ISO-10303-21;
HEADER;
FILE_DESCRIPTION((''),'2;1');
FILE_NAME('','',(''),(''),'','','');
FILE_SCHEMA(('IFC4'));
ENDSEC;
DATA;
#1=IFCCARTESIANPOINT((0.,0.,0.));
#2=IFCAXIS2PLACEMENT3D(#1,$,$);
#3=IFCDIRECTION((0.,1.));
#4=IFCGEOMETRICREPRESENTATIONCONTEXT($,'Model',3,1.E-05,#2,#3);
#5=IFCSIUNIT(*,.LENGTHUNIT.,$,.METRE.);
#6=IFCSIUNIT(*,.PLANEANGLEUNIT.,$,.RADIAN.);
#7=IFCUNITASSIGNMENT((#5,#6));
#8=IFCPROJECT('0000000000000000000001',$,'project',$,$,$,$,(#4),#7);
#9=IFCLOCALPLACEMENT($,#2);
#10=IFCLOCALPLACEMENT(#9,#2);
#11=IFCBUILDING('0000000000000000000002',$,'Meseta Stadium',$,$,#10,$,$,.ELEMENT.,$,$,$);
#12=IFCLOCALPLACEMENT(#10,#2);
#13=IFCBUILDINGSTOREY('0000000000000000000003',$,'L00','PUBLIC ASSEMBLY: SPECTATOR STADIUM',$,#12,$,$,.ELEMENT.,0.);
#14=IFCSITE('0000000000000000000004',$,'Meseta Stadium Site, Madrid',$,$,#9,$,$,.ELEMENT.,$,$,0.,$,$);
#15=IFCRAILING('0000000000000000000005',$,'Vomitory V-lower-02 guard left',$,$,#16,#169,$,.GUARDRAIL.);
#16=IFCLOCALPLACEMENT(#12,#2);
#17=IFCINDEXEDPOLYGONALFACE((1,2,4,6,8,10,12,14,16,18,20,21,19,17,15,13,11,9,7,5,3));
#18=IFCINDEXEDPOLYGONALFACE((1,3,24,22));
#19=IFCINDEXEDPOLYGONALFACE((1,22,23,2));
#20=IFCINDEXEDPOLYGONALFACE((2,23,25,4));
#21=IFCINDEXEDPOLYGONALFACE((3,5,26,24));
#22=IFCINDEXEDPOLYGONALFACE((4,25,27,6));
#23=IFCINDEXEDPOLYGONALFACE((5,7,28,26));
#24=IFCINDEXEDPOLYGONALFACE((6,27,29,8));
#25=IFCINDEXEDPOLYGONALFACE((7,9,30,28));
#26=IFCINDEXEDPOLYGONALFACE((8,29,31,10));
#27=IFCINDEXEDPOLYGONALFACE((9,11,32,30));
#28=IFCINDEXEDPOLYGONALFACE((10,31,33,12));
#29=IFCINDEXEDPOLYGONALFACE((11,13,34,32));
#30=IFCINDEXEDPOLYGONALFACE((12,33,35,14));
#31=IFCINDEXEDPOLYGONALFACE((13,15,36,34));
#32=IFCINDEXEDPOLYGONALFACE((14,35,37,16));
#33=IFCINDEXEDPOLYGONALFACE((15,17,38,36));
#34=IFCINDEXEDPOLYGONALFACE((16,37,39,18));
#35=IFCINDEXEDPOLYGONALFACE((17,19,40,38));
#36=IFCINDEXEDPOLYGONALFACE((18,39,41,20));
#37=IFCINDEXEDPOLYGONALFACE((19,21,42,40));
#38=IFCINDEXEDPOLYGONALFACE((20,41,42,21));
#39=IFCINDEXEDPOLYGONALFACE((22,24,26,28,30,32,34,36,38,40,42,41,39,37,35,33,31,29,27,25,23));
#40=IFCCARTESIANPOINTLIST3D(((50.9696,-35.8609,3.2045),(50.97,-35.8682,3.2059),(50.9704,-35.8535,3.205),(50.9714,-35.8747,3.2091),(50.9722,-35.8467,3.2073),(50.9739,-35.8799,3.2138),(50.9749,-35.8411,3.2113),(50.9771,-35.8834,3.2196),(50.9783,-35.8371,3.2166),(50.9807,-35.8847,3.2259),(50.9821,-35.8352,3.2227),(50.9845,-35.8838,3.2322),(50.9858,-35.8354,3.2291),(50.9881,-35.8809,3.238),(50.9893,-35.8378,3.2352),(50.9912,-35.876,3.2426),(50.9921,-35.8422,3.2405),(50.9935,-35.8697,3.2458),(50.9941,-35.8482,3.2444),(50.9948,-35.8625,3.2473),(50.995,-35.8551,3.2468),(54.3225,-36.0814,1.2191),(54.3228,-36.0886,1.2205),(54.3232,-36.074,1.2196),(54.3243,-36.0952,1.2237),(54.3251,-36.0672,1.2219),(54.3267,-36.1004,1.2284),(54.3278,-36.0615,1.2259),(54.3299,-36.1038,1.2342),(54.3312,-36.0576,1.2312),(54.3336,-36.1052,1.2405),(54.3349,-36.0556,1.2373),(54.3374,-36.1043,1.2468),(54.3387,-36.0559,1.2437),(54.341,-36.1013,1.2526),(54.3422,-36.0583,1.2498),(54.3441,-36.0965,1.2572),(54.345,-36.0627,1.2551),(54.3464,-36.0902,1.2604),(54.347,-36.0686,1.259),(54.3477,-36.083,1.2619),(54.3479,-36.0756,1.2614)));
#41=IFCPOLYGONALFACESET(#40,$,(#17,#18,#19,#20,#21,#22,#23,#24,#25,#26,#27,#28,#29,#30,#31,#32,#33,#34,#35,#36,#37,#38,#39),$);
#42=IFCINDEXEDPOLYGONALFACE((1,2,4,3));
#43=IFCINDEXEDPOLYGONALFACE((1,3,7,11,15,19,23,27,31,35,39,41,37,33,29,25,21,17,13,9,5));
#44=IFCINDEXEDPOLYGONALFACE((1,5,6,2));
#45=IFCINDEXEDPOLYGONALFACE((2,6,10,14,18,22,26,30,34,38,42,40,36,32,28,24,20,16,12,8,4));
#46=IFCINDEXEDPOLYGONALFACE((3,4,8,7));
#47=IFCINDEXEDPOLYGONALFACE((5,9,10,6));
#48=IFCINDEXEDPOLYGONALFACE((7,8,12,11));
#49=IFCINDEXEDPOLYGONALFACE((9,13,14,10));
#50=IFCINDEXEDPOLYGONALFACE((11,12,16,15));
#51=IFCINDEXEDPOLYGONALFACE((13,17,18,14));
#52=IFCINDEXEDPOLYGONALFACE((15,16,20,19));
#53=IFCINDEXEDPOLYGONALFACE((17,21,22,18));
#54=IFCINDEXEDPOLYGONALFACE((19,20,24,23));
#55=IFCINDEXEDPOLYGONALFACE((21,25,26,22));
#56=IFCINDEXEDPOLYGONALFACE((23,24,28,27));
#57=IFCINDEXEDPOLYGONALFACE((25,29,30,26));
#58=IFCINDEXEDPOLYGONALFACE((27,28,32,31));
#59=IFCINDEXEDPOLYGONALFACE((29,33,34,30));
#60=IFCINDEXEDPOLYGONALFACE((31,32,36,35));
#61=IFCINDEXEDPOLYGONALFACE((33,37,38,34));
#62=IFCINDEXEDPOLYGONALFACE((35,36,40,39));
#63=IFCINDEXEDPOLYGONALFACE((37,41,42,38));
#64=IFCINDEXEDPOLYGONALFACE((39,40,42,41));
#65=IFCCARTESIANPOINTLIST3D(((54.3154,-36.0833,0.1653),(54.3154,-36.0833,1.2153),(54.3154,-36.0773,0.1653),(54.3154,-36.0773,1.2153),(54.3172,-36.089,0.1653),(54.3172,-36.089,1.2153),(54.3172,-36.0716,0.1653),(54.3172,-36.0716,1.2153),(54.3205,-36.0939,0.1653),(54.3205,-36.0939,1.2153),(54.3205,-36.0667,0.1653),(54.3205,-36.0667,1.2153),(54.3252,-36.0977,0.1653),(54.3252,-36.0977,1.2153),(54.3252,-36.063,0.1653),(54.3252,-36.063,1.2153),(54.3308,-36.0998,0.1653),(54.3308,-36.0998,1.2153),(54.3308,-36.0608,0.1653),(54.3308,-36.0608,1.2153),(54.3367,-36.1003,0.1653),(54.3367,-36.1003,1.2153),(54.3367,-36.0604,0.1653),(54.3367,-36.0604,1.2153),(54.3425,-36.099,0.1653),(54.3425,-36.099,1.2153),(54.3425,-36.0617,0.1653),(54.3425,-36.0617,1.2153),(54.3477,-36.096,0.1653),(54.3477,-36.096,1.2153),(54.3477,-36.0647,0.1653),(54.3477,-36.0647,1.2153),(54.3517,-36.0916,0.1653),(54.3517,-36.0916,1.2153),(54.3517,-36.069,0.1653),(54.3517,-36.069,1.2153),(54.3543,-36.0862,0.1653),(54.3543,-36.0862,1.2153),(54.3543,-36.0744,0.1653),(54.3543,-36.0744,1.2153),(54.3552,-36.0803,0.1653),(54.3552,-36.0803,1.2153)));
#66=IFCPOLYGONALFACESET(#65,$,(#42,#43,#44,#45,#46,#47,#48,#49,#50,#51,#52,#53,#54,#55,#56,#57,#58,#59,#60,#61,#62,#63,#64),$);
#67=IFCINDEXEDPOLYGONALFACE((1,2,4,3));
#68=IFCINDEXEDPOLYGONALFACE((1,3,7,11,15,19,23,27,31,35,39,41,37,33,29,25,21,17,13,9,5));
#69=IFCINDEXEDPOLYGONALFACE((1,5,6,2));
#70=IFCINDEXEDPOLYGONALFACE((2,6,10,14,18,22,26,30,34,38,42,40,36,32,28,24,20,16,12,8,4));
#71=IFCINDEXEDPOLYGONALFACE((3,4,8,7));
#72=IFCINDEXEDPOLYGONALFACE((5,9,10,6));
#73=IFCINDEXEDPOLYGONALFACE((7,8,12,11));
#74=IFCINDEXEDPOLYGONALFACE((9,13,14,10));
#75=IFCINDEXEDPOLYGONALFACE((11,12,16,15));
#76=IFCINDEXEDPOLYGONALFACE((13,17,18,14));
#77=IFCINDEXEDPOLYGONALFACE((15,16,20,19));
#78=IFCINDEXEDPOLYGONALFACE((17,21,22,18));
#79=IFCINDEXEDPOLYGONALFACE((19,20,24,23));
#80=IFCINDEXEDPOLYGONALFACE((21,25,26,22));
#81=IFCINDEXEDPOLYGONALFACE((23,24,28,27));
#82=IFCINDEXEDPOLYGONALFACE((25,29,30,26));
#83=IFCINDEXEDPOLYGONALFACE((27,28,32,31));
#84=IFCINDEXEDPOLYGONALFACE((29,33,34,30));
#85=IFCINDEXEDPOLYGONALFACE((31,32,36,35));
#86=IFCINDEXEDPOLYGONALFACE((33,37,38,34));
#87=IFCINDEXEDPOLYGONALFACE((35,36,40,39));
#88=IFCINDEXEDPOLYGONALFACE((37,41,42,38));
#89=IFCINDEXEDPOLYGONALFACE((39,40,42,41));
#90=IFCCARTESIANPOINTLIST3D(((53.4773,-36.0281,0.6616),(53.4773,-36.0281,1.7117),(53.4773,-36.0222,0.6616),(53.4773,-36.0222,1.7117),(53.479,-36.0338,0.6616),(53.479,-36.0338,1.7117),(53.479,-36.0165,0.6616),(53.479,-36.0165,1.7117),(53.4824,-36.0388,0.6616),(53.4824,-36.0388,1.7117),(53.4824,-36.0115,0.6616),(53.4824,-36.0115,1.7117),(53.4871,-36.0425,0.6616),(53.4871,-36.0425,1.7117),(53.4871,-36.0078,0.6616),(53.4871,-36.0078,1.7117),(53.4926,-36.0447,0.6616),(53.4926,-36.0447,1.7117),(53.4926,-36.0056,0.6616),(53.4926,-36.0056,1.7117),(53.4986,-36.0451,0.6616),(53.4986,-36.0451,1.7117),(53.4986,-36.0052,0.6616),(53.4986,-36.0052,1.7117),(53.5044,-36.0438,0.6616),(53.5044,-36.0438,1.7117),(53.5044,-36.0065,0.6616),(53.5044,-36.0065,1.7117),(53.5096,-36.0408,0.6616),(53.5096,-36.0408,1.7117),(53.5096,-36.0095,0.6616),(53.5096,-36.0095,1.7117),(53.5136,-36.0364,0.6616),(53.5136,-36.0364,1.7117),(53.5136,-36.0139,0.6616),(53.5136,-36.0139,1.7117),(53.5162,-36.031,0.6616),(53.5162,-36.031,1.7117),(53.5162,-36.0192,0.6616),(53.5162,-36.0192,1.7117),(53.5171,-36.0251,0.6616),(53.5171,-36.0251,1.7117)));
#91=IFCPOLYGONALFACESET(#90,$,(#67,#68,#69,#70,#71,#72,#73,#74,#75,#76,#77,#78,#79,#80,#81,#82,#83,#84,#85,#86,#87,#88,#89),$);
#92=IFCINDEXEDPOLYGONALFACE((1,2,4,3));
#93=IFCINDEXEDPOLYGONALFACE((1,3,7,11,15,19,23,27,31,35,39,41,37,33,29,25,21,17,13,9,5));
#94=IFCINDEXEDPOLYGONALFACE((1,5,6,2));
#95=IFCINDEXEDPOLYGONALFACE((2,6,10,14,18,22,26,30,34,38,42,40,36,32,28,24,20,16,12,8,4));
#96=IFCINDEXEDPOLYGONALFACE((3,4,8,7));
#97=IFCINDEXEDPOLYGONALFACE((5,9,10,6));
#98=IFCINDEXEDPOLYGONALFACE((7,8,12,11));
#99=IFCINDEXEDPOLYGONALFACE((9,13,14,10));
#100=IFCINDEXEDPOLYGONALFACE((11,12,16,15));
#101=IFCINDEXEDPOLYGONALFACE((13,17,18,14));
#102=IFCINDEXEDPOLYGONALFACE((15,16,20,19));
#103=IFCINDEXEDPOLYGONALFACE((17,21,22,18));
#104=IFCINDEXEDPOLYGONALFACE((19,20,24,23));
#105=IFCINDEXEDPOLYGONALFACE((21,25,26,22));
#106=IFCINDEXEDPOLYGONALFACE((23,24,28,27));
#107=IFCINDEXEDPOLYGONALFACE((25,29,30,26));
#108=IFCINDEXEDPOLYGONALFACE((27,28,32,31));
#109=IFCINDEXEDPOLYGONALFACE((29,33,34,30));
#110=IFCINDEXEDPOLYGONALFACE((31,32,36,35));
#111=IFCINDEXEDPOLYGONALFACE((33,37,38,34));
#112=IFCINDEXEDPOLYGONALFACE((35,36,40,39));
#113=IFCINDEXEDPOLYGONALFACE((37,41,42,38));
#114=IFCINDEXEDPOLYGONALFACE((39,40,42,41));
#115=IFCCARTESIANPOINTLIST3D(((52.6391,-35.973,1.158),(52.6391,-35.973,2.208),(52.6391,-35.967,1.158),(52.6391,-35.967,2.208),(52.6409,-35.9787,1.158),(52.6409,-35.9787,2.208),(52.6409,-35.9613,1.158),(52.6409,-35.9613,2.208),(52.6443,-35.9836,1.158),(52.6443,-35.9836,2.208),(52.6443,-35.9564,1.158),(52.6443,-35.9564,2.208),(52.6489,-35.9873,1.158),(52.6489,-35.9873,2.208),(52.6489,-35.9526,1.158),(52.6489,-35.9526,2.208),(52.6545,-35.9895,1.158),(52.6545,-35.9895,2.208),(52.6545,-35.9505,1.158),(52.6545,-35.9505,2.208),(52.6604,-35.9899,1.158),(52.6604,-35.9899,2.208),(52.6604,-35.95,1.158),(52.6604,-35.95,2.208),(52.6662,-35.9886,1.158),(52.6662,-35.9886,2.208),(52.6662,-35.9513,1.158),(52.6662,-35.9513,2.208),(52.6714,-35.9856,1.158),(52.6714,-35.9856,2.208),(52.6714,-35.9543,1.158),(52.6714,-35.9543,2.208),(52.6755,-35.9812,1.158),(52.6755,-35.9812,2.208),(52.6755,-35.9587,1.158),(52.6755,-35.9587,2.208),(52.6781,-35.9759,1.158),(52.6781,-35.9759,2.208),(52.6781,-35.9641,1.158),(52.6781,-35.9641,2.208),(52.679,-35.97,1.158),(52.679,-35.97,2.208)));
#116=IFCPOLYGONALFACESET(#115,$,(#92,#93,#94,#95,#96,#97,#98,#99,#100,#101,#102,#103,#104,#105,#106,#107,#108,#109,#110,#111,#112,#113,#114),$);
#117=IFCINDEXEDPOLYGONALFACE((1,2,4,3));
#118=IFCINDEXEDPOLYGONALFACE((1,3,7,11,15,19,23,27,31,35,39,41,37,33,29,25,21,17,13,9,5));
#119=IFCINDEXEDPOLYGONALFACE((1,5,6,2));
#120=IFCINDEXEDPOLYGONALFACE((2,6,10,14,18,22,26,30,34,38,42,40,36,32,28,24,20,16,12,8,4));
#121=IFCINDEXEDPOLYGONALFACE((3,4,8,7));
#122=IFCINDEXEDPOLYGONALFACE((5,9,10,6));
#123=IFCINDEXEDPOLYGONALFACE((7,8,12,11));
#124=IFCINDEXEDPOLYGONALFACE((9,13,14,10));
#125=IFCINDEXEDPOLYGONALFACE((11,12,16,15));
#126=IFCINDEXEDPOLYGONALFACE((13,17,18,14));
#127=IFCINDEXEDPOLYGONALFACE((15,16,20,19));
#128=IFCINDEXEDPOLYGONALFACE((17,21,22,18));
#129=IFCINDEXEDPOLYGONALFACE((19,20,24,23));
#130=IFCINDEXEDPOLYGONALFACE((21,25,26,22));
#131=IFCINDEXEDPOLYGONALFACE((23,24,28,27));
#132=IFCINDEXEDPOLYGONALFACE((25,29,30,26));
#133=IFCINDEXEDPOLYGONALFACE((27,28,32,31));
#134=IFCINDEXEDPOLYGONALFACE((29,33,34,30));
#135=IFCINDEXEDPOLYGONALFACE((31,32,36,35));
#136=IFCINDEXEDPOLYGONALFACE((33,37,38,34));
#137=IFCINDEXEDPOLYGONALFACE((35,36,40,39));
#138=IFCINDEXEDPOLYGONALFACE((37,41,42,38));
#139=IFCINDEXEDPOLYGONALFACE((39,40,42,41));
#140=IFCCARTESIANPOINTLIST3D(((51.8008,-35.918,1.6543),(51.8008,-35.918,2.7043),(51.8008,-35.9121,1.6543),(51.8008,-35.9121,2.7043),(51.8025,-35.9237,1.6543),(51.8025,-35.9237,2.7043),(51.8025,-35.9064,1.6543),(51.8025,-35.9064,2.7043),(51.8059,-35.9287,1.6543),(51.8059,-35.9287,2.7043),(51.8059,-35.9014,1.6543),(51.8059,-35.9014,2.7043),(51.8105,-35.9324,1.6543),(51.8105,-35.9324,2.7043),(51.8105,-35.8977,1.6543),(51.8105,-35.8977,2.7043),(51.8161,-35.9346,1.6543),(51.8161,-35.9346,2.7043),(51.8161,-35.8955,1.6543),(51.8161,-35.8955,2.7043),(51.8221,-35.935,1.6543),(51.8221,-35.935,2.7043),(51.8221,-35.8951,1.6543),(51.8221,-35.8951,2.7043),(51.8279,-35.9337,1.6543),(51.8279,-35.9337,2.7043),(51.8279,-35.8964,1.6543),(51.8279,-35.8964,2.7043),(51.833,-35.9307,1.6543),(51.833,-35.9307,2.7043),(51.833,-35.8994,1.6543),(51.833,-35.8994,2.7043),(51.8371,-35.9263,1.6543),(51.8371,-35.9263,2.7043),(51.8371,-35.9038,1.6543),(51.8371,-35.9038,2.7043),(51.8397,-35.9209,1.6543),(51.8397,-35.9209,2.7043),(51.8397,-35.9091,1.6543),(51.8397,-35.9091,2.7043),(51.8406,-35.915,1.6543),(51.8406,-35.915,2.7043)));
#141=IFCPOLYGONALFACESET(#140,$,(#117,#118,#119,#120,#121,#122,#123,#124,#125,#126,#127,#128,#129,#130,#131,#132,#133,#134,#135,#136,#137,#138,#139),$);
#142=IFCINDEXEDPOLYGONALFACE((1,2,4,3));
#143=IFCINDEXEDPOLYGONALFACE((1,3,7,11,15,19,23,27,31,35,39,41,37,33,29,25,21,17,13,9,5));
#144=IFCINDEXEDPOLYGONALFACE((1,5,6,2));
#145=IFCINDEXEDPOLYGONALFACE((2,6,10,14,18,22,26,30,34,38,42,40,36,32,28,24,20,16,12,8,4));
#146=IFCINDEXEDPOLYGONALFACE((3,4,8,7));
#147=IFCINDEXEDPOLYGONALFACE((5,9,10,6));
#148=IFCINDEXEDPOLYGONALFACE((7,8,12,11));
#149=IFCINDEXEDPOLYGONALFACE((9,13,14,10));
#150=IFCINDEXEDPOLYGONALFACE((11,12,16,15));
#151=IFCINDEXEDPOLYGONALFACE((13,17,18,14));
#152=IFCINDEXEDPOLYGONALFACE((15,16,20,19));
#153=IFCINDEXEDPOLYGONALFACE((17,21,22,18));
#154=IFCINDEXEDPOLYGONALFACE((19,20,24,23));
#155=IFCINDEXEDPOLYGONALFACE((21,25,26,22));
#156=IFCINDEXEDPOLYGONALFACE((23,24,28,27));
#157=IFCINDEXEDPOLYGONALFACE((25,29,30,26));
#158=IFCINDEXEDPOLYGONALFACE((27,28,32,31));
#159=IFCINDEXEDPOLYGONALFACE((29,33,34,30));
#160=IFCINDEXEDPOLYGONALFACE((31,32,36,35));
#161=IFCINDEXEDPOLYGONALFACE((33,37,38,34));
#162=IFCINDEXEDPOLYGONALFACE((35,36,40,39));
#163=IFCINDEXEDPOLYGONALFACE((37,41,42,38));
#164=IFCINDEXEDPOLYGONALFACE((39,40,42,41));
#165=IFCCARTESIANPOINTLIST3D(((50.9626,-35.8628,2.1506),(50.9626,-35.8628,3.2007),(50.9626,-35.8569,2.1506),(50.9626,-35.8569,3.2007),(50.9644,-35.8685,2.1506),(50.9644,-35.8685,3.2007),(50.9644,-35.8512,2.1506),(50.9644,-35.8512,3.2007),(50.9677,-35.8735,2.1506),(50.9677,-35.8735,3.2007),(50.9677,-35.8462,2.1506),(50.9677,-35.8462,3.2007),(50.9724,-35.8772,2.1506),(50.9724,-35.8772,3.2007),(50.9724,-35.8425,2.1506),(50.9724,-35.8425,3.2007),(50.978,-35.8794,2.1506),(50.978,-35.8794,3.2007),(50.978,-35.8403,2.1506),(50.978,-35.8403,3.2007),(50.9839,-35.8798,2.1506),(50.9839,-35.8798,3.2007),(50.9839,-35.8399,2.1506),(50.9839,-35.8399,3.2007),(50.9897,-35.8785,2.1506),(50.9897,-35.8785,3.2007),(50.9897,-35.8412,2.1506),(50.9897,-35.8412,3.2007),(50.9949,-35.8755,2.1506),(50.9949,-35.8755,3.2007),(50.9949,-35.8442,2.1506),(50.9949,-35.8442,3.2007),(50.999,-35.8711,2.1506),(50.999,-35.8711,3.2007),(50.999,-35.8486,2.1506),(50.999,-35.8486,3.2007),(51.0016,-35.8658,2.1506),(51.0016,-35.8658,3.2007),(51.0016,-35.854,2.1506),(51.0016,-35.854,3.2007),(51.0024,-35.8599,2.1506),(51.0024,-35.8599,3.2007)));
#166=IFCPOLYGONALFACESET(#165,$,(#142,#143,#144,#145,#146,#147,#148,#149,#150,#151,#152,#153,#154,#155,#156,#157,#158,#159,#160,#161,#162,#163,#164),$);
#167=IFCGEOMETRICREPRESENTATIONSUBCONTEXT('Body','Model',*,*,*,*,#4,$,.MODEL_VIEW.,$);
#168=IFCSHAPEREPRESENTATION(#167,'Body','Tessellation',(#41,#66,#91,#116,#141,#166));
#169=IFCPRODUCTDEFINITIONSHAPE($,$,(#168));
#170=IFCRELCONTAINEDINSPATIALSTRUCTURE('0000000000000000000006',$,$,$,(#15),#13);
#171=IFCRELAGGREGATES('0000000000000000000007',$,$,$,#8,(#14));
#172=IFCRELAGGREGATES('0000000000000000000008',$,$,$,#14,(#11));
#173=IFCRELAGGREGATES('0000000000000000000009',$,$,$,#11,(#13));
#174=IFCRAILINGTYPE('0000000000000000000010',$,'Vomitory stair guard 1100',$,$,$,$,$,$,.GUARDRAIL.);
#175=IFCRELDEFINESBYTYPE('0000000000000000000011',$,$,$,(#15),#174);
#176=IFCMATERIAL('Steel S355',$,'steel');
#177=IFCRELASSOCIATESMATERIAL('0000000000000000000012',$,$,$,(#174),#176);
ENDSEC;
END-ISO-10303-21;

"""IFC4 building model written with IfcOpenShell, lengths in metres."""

from ifc_helpers import new_model, si_unit, direction, frame, origin, origin_2d, place, context, subcontext, project, spatial, circle, extrude, material, type_object, element, save


model = new_model("IFC4")

# Units and contexts
model_context = context("Model", 3, precision=1e-05, world=origin(), true_north=direction((0.0, 1.0)))
body_context = subcontext(model_context, "Body", "Model", "MODEL_VIEW")
ifc_project = project(units=[si_unit("LENGTHUNIT", "METRE"), si_unit("PLANEANGLEUNIT", "RADIAN")], contexts=[model_context])

# Site, building, storey
site_placement = place(None, origin())
site = spatial("IfcSite", under=ifc_project, at=site_placement, Name="Meseta Stadium Site, Madrid", CompositionType="ELEMENT", RefElevation=0.0)
building_placement = place(site_placement, origin())
building = spatial("IfcBuilding", under=site, at=building_placement, Name="Meseta Stadium", CompositionType="ELEMENT")
storey_placement = place(building_placement, origin())
storey = spatial("IfcBuildingStorey", under=building, at=storey_placement, Name="L00", Description="PUBLIC ASSEMBLY: SPECTATOR STADIUM", CompositionType="ELEMENT", Elevation=0.0)

# Railing
ifc_material_1 = material(Name="Steel S355", Category="steel")
railing_type_1 = type_object("IfcRailingType", Name="Vomitory stair guard 1100", PredefinedType="GUARDRAIL", material=ifc_material_1)
for number, where, name in (
    (1, (54.3352, -36.0803, 0.1653), "Vomitory V-lower-02 guard left"),
):
    element("IfcRailing", number, at=place(storey_placement, frame(where)), inside=storey, type_object=railing_type_1, Name=name, PredefinedType="GUARDRAIL", context=body_context, shape_type="SweptSolid", body=[
        extrude(circle(Radius=0.0249, at=origin_2d()), frame((0.0, 0.0, 1.0752), z_axis=(-0.859084, 0.056488, 0.508707), x_axis=(-0.065612, -0.997845, 0.0)), (0.0, 0.0, 1.0), 3.9028),
        extrude(circle(Radius=0.02, at=origin_2d()), origin(), (0.0, 0.0, 1.0), 1.05),
        extrude(circle(Radius=0.02, at=origin_2d()), frame((-0.8381, 0.0552, 0.4963)), (0.0, 0.0, 1.0), 1.05),
        extrude(circle(Radius=0.02, at=origin_2d()), frame((-1.6763, 0.1104, 0.9927)), (0.0, 0.0, 1.0), 1.05),
        extrude(circle(Radius=0.02, at=origin_2d()), frame((-2.5146, 0.1653, 1.489)), (0.0, 0.0, 1.0), 1.05),
        extrude(circle(Radius=0.02, at=origin_2d()), frame((-3.3528, 0.2205, 1.9854)), (0.0, 0.0, 1.0), 1.05),
    ])

save(model, "model.ifc")
